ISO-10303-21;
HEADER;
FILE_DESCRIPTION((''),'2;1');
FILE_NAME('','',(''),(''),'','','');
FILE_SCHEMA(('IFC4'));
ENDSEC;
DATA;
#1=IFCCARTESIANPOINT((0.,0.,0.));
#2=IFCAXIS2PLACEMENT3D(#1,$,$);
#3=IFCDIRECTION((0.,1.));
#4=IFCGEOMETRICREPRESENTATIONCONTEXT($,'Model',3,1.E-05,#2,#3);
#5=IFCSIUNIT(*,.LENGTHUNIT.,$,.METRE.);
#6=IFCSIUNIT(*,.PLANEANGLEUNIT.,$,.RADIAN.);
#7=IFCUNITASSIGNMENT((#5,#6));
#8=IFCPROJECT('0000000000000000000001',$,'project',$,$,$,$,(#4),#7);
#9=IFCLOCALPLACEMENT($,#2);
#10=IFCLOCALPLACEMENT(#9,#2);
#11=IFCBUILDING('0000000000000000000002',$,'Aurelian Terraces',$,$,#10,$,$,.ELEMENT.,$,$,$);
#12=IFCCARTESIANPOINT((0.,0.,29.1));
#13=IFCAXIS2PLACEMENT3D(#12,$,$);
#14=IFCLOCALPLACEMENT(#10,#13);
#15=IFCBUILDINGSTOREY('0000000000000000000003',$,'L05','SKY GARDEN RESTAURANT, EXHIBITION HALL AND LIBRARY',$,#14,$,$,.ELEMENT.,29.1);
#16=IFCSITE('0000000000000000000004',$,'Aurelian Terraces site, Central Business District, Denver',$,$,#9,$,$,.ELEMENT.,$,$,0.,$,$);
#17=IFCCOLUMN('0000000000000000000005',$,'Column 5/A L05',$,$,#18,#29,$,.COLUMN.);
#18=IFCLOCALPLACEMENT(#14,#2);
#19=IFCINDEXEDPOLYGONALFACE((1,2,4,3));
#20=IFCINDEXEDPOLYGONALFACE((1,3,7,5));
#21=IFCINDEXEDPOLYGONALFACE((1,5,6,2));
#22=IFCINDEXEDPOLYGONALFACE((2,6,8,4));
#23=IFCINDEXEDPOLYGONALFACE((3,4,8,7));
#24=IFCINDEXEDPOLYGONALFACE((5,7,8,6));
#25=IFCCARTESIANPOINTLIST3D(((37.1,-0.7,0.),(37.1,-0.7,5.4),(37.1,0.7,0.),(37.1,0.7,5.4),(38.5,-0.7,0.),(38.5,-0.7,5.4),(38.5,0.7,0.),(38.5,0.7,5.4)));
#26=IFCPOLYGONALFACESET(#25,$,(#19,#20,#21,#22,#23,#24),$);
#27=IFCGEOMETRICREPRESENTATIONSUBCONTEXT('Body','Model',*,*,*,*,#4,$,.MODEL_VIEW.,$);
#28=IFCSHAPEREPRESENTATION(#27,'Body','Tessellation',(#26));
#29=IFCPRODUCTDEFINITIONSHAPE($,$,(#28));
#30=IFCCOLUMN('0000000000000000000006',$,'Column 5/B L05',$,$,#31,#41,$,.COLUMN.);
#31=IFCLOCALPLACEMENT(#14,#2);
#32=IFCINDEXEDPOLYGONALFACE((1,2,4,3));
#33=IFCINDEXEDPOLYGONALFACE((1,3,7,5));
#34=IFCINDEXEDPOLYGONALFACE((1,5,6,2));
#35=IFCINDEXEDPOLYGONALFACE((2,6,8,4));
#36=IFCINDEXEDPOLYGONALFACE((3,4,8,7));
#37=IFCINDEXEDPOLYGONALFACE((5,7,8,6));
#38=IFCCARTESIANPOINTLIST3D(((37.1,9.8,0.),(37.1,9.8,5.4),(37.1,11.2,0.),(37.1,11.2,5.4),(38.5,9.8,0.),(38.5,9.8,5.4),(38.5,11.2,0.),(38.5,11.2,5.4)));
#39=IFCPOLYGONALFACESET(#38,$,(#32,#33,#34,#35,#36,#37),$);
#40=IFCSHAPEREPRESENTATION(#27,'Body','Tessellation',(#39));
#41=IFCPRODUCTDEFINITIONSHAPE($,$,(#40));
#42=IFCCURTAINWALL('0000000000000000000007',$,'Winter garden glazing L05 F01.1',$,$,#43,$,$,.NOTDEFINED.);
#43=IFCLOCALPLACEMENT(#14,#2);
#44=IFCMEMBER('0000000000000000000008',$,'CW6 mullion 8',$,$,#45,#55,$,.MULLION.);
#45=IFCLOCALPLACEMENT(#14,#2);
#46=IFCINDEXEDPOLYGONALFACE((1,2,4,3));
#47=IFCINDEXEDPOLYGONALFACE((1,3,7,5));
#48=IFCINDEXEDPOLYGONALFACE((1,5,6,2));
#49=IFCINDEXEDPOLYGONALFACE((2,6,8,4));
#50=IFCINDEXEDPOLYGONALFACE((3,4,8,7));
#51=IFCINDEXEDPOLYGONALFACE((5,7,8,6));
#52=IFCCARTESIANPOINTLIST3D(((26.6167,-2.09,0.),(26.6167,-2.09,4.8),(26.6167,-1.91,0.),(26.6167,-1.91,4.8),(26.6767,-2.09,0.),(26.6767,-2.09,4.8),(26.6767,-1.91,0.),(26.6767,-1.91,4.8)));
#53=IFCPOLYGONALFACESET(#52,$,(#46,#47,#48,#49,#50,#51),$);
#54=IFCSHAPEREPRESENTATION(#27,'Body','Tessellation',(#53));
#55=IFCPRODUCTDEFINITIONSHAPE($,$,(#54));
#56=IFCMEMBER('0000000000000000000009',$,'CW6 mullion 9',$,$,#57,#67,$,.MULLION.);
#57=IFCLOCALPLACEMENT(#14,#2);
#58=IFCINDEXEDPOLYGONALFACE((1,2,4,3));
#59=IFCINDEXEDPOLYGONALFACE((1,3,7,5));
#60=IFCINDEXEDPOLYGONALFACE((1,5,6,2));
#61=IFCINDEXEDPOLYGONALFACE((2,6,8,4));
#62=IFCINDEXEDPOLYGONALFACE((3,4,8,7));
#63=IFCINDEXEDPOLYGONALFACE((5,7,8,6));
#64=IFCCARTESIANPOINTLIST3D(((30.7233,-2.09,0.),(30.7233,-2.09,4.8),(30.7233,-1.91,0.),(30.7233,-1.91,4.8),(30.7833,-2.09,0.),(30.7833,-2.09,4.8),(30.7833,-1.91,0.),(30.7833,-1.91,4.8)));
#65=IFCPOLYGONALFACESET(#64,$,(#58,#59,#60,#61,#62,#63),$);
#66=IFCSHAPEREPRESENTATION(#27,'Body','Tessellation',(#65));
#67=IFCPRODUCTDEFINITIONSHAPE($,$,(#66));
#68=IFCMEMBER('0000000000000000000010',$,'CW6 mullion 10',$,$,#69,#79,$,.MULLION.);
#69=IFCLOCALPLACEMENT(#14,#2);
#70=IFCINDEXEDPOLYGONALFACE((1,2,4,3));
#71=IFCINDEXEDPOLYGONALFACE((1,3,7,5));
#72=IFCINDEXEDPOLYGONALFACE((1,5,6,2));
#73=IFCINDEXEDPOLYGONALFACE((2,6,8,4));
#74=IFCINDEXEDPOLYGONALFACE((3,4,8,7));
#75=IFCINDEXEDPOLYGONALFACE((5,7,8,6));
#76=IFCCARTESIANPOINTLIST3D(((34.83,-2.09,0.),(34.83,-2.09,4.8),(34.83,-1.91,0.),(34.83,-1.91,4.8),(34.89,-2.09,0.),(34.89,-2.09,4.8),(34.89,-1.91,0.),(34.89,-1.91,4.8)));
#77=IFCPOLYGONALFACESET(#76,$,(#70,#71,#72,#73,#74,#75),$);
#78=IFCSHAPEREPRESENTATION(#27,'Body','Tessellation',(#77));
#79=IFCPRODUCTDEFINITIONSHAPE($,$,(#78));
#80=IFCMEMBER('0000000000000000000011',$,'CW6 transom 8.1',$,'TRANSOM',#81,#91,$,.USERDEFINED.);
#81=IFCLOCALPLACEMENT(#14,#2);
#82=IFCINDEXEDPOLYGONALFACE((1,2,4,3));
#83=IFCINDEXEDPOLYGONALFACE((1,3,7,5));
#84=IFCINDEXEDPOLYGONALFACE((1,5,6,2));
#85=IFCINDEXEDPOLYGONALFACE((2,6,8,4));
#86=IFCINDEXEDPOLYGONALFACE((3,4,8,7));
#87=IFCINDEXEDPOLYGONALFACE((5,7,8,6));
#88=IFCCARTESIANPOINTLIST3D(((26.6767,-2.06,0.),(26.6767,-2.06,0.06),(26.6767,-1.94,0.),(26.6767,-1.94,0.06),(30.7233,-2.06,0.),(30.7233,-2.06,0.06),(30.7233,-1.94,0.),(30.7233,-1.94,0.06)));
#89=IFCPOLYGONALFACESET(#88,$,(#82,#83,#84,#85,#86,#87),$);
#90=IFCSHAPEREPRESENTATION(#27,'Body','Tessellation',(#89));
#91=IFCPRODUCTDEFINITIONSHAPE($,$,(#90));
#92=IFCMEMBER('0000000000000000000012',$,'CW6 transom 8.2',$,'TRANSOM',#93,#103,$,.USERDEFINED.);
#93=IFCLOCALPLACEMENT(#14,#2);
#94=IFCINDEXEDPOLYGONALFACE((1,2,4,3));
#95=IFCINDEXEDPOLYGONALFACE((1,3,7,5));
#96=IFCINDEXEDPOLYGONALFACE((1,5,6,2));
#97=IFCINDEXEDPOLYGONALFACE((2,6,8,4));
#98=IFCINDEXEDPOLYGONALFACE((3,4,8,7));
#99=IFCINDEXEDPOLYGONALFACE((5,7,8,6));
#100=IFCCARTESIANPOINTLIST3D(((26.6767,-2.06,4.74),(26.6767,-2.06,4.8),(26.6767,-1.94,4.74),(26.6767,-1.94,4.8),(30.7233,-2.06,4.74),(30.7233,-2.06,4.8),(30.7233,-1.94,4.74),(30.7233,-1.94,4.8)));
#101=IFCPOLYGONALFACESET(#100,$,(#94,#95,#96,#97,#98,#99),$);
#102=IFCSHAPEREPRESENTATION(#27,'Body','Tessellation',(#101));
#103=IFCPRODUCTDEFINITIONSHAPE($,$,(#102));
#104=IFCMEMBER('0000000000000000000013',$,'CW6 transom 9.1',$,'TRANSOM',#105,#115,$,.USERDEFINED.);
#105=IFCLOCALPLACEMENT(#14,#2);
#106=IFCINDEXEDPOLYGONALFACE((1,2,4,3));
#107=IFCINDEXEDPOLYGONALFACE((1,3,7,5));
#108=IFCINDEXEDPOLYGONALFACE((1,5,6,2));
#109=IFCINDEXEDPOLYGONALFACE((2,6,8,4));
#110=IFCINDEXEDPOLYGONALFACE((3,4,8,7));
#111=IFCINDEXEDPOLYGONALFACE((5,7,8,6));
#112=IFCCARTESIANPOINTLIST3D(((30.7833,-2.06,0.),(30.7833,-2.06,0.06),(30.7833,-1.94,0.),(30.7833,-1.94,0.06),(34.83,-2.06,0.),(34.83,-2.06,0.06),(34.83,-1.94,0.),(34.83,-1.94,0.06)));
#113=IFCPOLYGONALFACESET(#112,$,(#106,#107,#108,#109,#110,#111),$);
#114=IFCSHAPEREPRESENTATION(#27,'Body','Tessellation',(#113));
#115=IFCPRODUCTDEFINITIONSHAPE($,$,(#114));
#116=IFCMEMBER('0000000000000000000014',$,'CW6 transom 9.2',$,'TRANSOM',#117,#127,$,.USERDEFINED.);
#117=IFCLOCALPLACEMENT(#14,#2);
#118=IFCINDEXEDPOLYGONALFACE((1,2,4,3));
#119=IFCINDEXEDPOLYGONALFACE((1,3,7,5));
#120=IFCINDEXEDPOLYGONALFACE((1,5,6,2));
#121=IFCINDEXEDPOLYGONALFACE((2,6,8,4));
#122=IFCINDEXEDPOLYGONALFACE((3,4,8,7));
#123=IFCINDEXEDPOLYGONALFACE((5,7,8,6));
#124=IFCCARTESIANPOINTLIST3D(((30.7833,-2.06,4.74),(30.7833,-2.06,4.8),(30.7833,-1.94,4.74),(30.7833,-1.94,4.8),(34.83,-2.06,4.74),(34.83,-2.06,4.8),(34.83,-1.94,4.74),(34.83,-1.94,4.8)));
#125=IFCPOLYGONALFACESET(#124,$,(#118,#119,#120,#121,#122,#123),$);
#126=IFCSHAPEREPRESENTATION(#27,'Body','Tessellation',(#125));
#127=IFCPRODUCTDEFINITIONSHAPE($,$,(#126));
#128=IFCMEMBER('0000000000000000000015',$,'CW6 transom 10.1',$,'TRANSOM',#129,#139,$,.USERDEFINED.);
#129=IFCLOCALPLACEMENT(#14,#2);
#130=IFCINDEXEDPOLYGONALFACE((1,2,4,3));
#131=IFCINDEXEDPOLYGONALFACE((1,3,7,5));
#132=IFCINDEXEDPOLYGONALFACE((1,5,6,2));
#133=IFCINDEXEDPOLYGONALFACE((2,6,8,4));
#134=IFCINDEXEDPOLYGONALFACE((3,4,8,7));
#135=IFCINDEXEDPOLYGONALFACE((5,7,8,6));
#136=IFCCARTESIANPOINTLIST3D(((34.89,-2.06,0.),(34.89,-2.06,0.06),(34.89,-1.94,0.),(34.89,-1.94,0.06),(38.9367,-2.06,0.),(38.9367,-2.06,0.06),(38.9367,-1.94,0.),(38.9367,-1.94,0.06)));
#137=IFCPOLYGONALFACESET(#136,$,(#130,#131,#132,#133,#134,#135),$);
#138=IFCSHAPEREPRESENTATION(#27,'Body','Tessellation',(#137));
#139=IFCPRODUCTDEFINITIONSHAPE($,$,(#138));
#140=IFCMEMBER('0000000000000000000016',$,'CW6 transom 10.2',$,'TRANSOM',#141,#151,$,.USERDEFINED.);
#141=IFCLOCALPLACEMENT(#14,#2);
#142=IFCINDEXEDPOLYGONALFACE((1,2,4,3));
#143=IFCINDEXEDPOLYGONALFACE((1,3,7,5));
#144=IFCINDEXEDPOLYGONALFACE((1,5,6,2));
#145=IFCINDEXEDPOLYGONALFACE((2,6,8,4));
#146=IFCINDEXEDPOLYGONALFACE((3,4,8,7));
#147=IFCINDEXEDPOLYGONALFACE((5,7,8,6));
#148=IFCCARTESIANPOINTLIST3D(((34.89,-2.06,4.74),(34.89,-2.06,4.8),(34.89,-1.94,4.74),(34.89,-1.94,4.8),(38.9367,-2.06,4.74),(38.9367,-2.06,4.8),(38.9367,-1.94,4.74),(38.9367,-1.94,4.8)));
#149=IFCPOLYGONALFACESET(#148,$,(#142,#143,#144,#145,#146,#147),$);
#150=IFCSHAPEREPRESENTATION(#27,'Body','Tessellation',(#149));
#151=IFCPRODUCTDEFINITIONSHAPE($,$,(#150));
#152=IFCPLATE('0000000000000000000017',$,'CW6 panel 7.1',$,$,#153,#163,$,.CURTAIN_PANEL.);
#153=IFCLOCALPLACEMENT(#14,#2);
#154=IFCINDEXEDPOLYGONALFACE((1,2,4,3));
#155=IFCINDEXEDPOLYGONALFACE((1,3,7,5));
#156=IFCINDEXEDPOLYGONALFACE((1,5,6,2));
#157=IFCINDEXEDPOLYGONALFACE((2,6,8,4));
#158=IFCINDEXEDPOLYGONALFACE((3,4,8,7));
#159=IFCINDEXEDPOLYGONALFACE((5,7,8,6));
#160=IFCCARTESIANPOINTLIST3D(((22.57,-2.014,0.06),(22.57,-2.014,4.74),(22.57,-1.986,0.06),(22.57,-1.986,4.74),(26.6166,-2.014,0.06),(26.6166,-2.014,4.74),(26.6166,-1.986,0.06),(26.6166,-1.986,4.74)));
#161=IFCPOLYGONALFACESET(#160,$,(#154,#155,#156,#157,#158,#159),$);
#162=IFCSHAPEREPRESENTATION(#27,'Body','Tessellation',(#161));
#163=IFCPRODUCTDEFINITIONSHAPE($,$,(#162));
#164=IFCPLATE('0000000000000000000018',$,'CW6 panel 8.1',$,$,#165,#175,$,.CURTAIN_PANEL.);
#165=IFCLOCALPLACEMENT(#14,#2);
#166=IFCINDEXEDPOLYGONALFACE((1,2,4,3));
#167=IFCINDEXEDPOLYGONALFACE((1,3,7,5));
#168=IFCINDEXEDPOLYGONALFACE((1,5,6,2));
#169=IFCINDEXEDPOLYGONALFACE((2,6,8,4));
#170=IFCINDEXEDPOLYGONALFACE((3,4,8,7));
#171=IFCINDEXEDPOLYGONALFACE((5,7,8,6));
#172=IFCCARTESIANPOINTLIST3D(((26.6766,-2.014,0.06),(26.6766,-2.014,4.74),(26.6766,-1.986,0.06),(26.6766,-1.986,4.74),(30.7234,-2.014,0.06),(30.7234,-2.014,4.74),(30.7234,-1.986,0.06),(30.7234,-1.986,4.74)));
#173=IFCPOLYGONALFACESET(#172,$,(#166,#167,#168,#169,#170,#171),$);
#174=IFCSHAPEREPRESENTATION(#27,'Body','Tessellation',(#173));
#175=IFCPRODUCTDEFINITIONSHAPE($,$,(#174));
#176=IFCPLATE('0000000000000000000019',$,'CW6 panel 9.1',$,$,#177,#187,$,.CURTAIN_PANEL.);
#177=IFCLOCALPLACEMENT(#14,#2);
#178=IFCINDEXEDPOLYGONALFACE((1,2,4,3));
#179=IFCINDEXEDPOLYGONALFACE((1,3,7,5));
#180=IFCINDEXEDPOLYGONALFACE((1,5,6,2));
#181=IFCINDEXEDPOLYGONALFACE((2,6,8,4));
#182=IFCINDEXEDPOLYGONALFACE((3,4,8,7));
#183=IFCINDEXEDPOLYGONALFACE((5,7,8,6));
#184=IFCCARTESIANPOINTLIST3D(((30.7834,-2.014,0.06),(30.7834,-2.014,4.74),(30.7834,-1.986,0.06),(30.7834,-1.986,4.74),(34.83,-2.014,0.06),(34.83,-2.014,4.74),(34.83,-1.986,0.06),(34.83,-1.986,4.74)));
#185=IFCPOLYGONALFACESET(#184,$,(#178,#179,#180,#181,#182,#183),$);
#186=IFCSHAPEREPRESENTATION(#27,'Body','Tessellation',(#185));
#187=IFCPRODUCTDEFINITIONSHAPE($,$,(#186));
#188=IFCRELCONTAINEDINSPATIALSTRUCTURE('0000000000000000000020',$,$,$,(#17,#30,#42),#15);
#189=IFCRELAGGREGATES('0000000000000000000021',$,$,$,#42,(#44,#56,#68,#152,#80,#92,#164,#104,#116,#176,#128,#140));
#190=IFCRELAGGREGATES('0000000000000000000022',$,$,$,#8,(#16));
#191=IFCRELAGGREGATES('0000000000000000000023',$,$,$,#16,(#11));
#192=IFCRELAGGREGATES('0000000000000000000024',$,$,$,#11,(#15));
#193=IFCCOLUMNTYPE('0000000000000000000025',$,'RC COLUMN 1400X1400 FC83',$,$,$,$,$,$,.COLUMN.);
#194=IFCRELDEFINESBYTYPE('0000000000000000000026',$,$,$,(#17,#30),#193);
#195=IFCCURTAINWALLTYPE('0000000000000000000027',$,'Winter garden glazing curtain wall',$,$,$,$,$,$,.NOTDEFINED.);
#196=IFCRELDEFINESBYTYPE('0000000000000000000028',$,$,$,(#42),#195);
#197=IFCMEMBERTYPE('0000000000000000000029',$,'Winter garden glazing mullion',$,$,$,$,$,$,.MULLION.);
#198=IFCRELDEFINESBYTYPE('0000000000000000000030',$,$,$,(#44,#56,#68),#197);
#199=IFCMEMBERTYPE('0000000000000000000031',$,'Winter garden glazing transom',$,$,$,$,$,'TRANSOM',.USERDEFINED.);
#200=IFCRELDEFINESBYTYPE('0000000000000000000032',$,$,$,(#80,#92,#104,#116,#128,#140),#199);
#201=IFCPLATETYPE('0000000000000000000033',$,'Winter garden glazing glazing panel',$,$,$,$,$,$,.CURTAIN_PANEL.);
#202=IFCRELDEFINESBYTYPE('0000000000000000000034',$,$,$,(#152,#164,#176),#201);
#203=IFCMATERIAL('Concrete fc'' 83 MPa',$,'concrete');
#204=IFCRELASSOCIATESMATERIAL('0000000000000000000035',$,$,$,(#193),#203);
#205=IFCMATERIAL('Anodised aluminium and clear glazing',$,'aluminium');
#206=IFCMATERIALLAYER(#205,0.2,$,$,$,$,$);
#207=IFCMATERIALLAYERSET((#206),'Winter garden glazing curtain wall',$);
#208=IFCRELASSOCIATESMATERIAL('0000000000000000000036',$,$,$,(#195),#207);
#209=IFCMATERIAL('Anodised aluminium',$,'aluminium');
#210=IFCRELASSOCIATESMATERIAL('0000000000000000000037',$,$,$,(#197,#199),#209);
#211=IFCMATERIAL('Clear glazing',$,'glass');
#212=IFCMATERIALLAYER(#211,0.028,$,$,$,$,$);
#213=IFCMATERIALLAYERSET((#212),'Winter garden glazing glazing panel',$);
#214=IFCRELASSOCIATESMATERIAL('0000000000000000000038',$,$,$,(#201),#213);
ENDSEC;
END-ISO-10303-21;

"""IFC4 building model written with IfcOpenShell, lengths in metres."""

from ifc_helpers import new_model, si_unit, direction, frame, origin, origin_2d, place, context, subcontext, project, spatial, rectangle, extrude, source, transform, mapped, material, layer, layer_set, material_profile, profile_set, type_object, element, aggregate, save


model = new_model("IFC4")

# Units and contexts
model_context = context("Model", 3, precision=1e-05, world=origin(), true_north=direction((0.0, 1.0)))
body_context = subcontext(model_context, "Body", "Model", "MODEL_VIEW")
ifc_project = project(units=[si_unit("LENGTHUNIT", "METRE"), si_unit("PLANEANGLEUNIT", "RADIAN")], contexts=[model_context])

# Site, building, storey
site_placement = place(None, origin())
site = spatial("IfcSite", under=ifc_project, at=site_placement, Name="Aurelian Terraces site, Central Business District, Denver", CompositionType="ELEMENT", RefElevation=0.0)
building_placement = place(site_placement, origin())
building = spatial("IfcBuilding", under=site, at=building_placement, Name="Aurelian Terraces", CompositionType="ELEMENT")
storey_placement = place(building_placement, frame((0.0, 0.0, 29.1)))
storey = spatial("IfcBuildingStorey", under=building, at=storey_placement, Name="L05", Description="SKY GARDEN RESTAURANT, EXHIBITION HALL AND LIBRARY", CompositionType="ELEMENT", Elevation=29.1)

# Columns
ifc_material_1 = material(Name="Concrete fc' 83 MPa", Category="concrete")
ifc_material_profile_1 = material_profile(ifc_material_1, rectangle(XDim=1.4, YDim=1.4, at=origin_2d()))
ifc_profile_set_1 = profile_set([ifc_material_profile_1], Name="Concrete fc' 83 MPa")
column_type = type_object("IfcColumnType", Name="RC COLUMN 1400X1400 FC83", PredefinedType="COLUMN", material=ifc_profile_set_1)
shared_shape_1 = source(origin(), body_context, "Body", "SweptSolid", [
    extrude(rectangle(XDim=1.4, YDim=1.4, at=origin_2d()), origin(), (0.0, 0.0, 1.0), 5.4),
])
for number, where, z_axis, x_axis, name in (
    (1, (37.8, 0.0, 0.0), (0.0, 0.0, 1.0), (1.0, 0.0, 0.0), "Column 5/A L05"),
    (2, (37.8, 10.5, 0.0), (0.0, 0.0, 1.0), (1.0, 0.0, 0.0), "Column 5/B L05"),
):
    element("IfcColumn", number, at=place(storey_placement, frame(where, z_axis=z_axis, x_axis=x_axis)), inside=storey, type_object=column_type, Name=name, PredefinedType="COLUMN", context=body_context, shape_type="MappedRepresentation", body=[
        mapped(shared_shape_1, transform((0.0, 0.0, 0.0), scale=1.0)),
    ])

# Curtain wall, members, plates
ifc_material_2 = material(Name="Anodised aluminium and clear glazing", Category="aluminium")
ifc_layer_1 = layer(ifc_material_2, 0.2)
ifc_layer_set_1 = layer_set([ifc_layer_1], Name="Winter garden glazing curtain wall")
curtain_wall_type = type_object("IfcCurtainWallType", Name="Winter garden glazing curtain wall", PredefinedType="NOTDEFINED", material=ifc_layer_set_1)
curtain_wall_placement = place(storey_placement, origin())
curtain_wall = element("IfcCurtainWall", 3, at=curtain_wall_placement, inside=storey, type_object=curtain_wall_type, Name="Winter garden glazing L05 F01.1", PredefinedType="NOTDEFINED")
ifc_material_3 = material(Name="Anodised aluminium", Category="aluminium")
ifc_material_profile_2 = material_profile(ifc_material_3, rectangle(XDim=0.18, YDim=0.06, at=origin_2d()))
ifc_profile_set_2 = profile_set([ifc_material_profile_2], Name="Anodised aluminium")
member_type_1 = type_object("IfcMemberType", Name="Winter garden glazing mullion", PredefinedType="MULLION", material=ifc_profile_set_2)
shared_shape_2 = source(origin(), body_context, "Body", "SweptSolid", [
    extrude(rectangle(XDim=0.18, YDim=0.06, at=origin_2d()), origin(), (0.0, 0.0, 1.0), 4.8),
])
member_1_placement = place(storey_placement, frame((26.6467, -2.0, 0.0), z_axis=(0.0, 0.0, 1.0), x_axis=(0.0, 1.0, 0.0)))
member_1 = element("IfcMember", 4, at=member_1_placement, type_object=member_type_1, Name="CW6 mullion 8", PredefinedType="MULLION", context=body_context, shape_type="MappedRepresentation", body=[
    mapped(shared_shape_2, transform((0.0, 0.0, 0.0), scale=1.0)),
])
member_2_placement = place(storey_placement, frame((30.7533, -2.0, 0.0), z_axis=(0.0, 0.0, 1.0), x_axis=(0.0, 1.0, 0.0)))
member_2 = element("IfcMember", 5, at=member_2_placement, type_object=member_type_1, Name="CW6 mullion 9", PredefinedType="MULLION", context=body_context, shape_type="MappedRepresentation", body=[
    mapped(shared_shape_2, transform((0.0, 0.0, 0.0), scale=1.0)),
])
member_3_placement = place(storey_placement, frame((34.86, -2.0, 0.0), z_axis=(0.0, 0.0, 1.0), x_axis=(0.0, 1.0, 0.0)))
member_3 = element("IfcMember", 6, at=member_3_placement, type_object=member_type_1, Name="CW6 mullion 10", PredefinedType="MULLION", context=body_context, shape_type="MappedRepresentation", body=[
    mapped(shared_shape_2, transform((0.0, 0.0, 0.0), scale=1.0)),
])
ifc_material_profile_3 = material_profile(ifc_material_3, rectangle(XDim=0.12, YDim=0.06, at=origin_2d()))
ifc_profile_set_3 = profile_set([ifc_material_profile_3], Name="Anodised aluminium")
member_type_2 = type_object("IfcMemberType", Name="Winter garden glazing transom", ElementType="TRANSOM", PredefinedType="USERDEFINED", material=ifc_profile_set_3)
shared_shape_3 = source(origin(), body_context, "Body", "SweptSolid", [
    extrude(rectangle(XDim=0.12, YDim=0.06, at=origin_2d()), origin(), (0.0, 0.0, 1.0), 4.0466),
])
member_4_placement = place(storey_placement, frame((26.6767, -2.0, 0.03), z_axis=(1.0, 0.0, 0.0), x_axis=(0.0, 1.0, 0.0)))
member_4 = element("IfcMember", 7, at=member_4_placement, type_object=member_type_2, Name="CW6 transom 8.1", ObjectType="TRANSOM", PredefinedType="USERDEFINED", context=body_context, shape_type="MappedRepresentation", body=[
    mapped(shared_shape_3, transform((0.0, 0.0, 0.0), scale=1.0)),
])
member_5_placement = place(storey_placement, frame((26.6767, -2.0, 4.77), z_axis=(1.0, 0.0, 0.0), x_axis=(0.0, 1.0, 0.0)))
member_5 = element("IfcMember", 8, at=member_5_placement, type_object=member_type_2, Name="CW6 transom 8.2", ObjectType="TRANSOM", PredefinedType="USERDEFINED", context=body_context, shape_type="MappedRepresentation", body=[
    mapped(shared_shape_3, transform((0.0, 0.0, 0.0), scale=1.0)),
])
shared_shape_4 = source(origin(), body_context, "Body", "SweptSolid", [
    extrude(rectangle(XDim=0.12, YDim=0.06, at=origin_2d()), origin(), (0.0, 0.0, 1.0), 4.0467),
])
member_6_placement = place(storey_placement, frame((30.7833, -2.0, 0.03), z_axis=(1.0, 0.0, 0.0), x_axis=(0.0, 1.0, 0.0)))
member_6 = element("IfcMember", 9, at=member_6_placement, type_object=member_type_2, Name="CW6 transom 9.1", ObjectType="TRANSOM", PredefinedType="USERDEFINED", context=body_context, shape_type="MappedRepresentation", body=[
    mapped(shared_shape_4, transform((0.0, 0.0, 0.0), scale=1.0)),
])
member_7_placement = place(storey_placement, frame((30.7833, -2.0, 4.77), z_axis=(1.0, 0.0, 0.0), x_axis=(0.0, 1.0, 0.0)))
member_7 = element("IfcMember", 10, at=member_7_placement, type_object=member_type_2, Name="CW6 transom 9.2", ObjectType="TRANSOM", PredefinedType="USERDEFINED", context=body_context, shape_type="MappedRepresentation", body=[
    mapped(shared_shape_4, transform((0.0, 0.0, 0.0), scale=1.0)),
])
member_8_placement = place(storey_placement, frame((34.89, -2.0, 0.03), z_axis=(1.0, 0.0, 0.0), x_axis=(0.0, 1.0, 0.0)))
member_8 = element("IfcMember", 11, at=member_8_placement, type_object=member_type_2, Name="CW6 transom 10.1", ObjectType="TRANSOM", PredefinedType="USERDEFINED", context=body_context, shape_type="MappedRepresentation", body=[
    mapped(shared_shape_4, transform((0.0, 0.0, 0.0), scale=1.0)),
])
member_9_placement = place(storey_placement, frame((34.89, -2.0, 4.77), z_axis=(1.0, 0.0, 0.0), x_axis=(0.0, 1.0, 0.0)))
member_9 = element("IfcMember", 12, at=member_9_placement, type_object=member_type_2, Name="CW6 transom 10.2", ObjectType="TRANSOM", PredefinedType="USERDEFINED", context=body_context, shape_type="MappedRepresentation", body=[
    mapped(shared_shape_4, transform((0.0, 0.0, 0.0), scale=1.0)),
])
ifc_material_4 = material(Name="Clear glazing", Category="glass")
ifc_layer_2 = layer(ifc_material_4, 0.028)
ifc_layer_set_2 = layer_set([ifc_layer_2], Name="Winter garden glazing glazing panel")
plate_type = type_object("IfcPlateType", Name="Winter garden glazing glazing panel", PredefinedType="CURTAIN_PANEL", material=ifc_layer_set_2)
shared_shape_5 = source(origin(), body_context, "Body", "SweptSolid", [
    extrude(rectangle(XDim=4.0467, YDim=0.028, at=origin_2d()), origin(), (0.0, 0.0, 1.0), 4.68),
])
plate_1_placement = place(storey_placement, frame((24.5933, -2.0, 0.06), z_axis=(0.0, 0.0, 1.0), x_axis=(1.0, 0.0, 0.0)))
plate_1 = element("IfcPlate", 13, at=plate_1_placement, type_object=plate_type, Name="CW6 panel 7.1", PredefinedType="CURTAIN_PANEL", context=body_context, shape_type="MappedRepresentation", body=[
    mapped(shared_shape_5, transform((0.0, 0.0, 0.0), scale=1.0)),
])
plate_2_placement = place(storey_placement, frame((28.7, -2.0, 0.06), z_axis=(0.0, 0.0, 1.0), x_axis=(1.0, 0.0, 0.0)))
plate_2 = element("IfcPlate", 14, at=plate_2_placement, type_object=plate_type, Name="CW6 panel 8.1", PredefinedType="CURTAIN_PANEL", context=body_context, shape_type="MappedRepresentation", body=[
    mapped(shared_shape_5, transform((0.0, 0.0, 0.0), scale=1.0)),
])
plate_3_placement = place(storey_placement, frame((32.8067, -2.0, 0.06), z_axis=(0.0, 0.0, 1.0), x_axis=(1.0, 0.0, 0.0)))
plate_3 = element("IfcPlate", 15, at=plate_3_placement, type_object=plate_type, Name="CW6 panel 9.1", PredefinedType="CURTAIN_PANEL", context=body_context, shape_type="MappedRepresentation", body=[
    mapped(shared_shape_5, transform((0.0, 0.0, 0.0), scale=1.0)),
])
aggregate(curtain_wall, [member_1, member_2, member_3, plate_1, member_4, member_5, plate_2, member_6, member_7, plate_3, member_8, member_9])

save(model, "model.ifc")
